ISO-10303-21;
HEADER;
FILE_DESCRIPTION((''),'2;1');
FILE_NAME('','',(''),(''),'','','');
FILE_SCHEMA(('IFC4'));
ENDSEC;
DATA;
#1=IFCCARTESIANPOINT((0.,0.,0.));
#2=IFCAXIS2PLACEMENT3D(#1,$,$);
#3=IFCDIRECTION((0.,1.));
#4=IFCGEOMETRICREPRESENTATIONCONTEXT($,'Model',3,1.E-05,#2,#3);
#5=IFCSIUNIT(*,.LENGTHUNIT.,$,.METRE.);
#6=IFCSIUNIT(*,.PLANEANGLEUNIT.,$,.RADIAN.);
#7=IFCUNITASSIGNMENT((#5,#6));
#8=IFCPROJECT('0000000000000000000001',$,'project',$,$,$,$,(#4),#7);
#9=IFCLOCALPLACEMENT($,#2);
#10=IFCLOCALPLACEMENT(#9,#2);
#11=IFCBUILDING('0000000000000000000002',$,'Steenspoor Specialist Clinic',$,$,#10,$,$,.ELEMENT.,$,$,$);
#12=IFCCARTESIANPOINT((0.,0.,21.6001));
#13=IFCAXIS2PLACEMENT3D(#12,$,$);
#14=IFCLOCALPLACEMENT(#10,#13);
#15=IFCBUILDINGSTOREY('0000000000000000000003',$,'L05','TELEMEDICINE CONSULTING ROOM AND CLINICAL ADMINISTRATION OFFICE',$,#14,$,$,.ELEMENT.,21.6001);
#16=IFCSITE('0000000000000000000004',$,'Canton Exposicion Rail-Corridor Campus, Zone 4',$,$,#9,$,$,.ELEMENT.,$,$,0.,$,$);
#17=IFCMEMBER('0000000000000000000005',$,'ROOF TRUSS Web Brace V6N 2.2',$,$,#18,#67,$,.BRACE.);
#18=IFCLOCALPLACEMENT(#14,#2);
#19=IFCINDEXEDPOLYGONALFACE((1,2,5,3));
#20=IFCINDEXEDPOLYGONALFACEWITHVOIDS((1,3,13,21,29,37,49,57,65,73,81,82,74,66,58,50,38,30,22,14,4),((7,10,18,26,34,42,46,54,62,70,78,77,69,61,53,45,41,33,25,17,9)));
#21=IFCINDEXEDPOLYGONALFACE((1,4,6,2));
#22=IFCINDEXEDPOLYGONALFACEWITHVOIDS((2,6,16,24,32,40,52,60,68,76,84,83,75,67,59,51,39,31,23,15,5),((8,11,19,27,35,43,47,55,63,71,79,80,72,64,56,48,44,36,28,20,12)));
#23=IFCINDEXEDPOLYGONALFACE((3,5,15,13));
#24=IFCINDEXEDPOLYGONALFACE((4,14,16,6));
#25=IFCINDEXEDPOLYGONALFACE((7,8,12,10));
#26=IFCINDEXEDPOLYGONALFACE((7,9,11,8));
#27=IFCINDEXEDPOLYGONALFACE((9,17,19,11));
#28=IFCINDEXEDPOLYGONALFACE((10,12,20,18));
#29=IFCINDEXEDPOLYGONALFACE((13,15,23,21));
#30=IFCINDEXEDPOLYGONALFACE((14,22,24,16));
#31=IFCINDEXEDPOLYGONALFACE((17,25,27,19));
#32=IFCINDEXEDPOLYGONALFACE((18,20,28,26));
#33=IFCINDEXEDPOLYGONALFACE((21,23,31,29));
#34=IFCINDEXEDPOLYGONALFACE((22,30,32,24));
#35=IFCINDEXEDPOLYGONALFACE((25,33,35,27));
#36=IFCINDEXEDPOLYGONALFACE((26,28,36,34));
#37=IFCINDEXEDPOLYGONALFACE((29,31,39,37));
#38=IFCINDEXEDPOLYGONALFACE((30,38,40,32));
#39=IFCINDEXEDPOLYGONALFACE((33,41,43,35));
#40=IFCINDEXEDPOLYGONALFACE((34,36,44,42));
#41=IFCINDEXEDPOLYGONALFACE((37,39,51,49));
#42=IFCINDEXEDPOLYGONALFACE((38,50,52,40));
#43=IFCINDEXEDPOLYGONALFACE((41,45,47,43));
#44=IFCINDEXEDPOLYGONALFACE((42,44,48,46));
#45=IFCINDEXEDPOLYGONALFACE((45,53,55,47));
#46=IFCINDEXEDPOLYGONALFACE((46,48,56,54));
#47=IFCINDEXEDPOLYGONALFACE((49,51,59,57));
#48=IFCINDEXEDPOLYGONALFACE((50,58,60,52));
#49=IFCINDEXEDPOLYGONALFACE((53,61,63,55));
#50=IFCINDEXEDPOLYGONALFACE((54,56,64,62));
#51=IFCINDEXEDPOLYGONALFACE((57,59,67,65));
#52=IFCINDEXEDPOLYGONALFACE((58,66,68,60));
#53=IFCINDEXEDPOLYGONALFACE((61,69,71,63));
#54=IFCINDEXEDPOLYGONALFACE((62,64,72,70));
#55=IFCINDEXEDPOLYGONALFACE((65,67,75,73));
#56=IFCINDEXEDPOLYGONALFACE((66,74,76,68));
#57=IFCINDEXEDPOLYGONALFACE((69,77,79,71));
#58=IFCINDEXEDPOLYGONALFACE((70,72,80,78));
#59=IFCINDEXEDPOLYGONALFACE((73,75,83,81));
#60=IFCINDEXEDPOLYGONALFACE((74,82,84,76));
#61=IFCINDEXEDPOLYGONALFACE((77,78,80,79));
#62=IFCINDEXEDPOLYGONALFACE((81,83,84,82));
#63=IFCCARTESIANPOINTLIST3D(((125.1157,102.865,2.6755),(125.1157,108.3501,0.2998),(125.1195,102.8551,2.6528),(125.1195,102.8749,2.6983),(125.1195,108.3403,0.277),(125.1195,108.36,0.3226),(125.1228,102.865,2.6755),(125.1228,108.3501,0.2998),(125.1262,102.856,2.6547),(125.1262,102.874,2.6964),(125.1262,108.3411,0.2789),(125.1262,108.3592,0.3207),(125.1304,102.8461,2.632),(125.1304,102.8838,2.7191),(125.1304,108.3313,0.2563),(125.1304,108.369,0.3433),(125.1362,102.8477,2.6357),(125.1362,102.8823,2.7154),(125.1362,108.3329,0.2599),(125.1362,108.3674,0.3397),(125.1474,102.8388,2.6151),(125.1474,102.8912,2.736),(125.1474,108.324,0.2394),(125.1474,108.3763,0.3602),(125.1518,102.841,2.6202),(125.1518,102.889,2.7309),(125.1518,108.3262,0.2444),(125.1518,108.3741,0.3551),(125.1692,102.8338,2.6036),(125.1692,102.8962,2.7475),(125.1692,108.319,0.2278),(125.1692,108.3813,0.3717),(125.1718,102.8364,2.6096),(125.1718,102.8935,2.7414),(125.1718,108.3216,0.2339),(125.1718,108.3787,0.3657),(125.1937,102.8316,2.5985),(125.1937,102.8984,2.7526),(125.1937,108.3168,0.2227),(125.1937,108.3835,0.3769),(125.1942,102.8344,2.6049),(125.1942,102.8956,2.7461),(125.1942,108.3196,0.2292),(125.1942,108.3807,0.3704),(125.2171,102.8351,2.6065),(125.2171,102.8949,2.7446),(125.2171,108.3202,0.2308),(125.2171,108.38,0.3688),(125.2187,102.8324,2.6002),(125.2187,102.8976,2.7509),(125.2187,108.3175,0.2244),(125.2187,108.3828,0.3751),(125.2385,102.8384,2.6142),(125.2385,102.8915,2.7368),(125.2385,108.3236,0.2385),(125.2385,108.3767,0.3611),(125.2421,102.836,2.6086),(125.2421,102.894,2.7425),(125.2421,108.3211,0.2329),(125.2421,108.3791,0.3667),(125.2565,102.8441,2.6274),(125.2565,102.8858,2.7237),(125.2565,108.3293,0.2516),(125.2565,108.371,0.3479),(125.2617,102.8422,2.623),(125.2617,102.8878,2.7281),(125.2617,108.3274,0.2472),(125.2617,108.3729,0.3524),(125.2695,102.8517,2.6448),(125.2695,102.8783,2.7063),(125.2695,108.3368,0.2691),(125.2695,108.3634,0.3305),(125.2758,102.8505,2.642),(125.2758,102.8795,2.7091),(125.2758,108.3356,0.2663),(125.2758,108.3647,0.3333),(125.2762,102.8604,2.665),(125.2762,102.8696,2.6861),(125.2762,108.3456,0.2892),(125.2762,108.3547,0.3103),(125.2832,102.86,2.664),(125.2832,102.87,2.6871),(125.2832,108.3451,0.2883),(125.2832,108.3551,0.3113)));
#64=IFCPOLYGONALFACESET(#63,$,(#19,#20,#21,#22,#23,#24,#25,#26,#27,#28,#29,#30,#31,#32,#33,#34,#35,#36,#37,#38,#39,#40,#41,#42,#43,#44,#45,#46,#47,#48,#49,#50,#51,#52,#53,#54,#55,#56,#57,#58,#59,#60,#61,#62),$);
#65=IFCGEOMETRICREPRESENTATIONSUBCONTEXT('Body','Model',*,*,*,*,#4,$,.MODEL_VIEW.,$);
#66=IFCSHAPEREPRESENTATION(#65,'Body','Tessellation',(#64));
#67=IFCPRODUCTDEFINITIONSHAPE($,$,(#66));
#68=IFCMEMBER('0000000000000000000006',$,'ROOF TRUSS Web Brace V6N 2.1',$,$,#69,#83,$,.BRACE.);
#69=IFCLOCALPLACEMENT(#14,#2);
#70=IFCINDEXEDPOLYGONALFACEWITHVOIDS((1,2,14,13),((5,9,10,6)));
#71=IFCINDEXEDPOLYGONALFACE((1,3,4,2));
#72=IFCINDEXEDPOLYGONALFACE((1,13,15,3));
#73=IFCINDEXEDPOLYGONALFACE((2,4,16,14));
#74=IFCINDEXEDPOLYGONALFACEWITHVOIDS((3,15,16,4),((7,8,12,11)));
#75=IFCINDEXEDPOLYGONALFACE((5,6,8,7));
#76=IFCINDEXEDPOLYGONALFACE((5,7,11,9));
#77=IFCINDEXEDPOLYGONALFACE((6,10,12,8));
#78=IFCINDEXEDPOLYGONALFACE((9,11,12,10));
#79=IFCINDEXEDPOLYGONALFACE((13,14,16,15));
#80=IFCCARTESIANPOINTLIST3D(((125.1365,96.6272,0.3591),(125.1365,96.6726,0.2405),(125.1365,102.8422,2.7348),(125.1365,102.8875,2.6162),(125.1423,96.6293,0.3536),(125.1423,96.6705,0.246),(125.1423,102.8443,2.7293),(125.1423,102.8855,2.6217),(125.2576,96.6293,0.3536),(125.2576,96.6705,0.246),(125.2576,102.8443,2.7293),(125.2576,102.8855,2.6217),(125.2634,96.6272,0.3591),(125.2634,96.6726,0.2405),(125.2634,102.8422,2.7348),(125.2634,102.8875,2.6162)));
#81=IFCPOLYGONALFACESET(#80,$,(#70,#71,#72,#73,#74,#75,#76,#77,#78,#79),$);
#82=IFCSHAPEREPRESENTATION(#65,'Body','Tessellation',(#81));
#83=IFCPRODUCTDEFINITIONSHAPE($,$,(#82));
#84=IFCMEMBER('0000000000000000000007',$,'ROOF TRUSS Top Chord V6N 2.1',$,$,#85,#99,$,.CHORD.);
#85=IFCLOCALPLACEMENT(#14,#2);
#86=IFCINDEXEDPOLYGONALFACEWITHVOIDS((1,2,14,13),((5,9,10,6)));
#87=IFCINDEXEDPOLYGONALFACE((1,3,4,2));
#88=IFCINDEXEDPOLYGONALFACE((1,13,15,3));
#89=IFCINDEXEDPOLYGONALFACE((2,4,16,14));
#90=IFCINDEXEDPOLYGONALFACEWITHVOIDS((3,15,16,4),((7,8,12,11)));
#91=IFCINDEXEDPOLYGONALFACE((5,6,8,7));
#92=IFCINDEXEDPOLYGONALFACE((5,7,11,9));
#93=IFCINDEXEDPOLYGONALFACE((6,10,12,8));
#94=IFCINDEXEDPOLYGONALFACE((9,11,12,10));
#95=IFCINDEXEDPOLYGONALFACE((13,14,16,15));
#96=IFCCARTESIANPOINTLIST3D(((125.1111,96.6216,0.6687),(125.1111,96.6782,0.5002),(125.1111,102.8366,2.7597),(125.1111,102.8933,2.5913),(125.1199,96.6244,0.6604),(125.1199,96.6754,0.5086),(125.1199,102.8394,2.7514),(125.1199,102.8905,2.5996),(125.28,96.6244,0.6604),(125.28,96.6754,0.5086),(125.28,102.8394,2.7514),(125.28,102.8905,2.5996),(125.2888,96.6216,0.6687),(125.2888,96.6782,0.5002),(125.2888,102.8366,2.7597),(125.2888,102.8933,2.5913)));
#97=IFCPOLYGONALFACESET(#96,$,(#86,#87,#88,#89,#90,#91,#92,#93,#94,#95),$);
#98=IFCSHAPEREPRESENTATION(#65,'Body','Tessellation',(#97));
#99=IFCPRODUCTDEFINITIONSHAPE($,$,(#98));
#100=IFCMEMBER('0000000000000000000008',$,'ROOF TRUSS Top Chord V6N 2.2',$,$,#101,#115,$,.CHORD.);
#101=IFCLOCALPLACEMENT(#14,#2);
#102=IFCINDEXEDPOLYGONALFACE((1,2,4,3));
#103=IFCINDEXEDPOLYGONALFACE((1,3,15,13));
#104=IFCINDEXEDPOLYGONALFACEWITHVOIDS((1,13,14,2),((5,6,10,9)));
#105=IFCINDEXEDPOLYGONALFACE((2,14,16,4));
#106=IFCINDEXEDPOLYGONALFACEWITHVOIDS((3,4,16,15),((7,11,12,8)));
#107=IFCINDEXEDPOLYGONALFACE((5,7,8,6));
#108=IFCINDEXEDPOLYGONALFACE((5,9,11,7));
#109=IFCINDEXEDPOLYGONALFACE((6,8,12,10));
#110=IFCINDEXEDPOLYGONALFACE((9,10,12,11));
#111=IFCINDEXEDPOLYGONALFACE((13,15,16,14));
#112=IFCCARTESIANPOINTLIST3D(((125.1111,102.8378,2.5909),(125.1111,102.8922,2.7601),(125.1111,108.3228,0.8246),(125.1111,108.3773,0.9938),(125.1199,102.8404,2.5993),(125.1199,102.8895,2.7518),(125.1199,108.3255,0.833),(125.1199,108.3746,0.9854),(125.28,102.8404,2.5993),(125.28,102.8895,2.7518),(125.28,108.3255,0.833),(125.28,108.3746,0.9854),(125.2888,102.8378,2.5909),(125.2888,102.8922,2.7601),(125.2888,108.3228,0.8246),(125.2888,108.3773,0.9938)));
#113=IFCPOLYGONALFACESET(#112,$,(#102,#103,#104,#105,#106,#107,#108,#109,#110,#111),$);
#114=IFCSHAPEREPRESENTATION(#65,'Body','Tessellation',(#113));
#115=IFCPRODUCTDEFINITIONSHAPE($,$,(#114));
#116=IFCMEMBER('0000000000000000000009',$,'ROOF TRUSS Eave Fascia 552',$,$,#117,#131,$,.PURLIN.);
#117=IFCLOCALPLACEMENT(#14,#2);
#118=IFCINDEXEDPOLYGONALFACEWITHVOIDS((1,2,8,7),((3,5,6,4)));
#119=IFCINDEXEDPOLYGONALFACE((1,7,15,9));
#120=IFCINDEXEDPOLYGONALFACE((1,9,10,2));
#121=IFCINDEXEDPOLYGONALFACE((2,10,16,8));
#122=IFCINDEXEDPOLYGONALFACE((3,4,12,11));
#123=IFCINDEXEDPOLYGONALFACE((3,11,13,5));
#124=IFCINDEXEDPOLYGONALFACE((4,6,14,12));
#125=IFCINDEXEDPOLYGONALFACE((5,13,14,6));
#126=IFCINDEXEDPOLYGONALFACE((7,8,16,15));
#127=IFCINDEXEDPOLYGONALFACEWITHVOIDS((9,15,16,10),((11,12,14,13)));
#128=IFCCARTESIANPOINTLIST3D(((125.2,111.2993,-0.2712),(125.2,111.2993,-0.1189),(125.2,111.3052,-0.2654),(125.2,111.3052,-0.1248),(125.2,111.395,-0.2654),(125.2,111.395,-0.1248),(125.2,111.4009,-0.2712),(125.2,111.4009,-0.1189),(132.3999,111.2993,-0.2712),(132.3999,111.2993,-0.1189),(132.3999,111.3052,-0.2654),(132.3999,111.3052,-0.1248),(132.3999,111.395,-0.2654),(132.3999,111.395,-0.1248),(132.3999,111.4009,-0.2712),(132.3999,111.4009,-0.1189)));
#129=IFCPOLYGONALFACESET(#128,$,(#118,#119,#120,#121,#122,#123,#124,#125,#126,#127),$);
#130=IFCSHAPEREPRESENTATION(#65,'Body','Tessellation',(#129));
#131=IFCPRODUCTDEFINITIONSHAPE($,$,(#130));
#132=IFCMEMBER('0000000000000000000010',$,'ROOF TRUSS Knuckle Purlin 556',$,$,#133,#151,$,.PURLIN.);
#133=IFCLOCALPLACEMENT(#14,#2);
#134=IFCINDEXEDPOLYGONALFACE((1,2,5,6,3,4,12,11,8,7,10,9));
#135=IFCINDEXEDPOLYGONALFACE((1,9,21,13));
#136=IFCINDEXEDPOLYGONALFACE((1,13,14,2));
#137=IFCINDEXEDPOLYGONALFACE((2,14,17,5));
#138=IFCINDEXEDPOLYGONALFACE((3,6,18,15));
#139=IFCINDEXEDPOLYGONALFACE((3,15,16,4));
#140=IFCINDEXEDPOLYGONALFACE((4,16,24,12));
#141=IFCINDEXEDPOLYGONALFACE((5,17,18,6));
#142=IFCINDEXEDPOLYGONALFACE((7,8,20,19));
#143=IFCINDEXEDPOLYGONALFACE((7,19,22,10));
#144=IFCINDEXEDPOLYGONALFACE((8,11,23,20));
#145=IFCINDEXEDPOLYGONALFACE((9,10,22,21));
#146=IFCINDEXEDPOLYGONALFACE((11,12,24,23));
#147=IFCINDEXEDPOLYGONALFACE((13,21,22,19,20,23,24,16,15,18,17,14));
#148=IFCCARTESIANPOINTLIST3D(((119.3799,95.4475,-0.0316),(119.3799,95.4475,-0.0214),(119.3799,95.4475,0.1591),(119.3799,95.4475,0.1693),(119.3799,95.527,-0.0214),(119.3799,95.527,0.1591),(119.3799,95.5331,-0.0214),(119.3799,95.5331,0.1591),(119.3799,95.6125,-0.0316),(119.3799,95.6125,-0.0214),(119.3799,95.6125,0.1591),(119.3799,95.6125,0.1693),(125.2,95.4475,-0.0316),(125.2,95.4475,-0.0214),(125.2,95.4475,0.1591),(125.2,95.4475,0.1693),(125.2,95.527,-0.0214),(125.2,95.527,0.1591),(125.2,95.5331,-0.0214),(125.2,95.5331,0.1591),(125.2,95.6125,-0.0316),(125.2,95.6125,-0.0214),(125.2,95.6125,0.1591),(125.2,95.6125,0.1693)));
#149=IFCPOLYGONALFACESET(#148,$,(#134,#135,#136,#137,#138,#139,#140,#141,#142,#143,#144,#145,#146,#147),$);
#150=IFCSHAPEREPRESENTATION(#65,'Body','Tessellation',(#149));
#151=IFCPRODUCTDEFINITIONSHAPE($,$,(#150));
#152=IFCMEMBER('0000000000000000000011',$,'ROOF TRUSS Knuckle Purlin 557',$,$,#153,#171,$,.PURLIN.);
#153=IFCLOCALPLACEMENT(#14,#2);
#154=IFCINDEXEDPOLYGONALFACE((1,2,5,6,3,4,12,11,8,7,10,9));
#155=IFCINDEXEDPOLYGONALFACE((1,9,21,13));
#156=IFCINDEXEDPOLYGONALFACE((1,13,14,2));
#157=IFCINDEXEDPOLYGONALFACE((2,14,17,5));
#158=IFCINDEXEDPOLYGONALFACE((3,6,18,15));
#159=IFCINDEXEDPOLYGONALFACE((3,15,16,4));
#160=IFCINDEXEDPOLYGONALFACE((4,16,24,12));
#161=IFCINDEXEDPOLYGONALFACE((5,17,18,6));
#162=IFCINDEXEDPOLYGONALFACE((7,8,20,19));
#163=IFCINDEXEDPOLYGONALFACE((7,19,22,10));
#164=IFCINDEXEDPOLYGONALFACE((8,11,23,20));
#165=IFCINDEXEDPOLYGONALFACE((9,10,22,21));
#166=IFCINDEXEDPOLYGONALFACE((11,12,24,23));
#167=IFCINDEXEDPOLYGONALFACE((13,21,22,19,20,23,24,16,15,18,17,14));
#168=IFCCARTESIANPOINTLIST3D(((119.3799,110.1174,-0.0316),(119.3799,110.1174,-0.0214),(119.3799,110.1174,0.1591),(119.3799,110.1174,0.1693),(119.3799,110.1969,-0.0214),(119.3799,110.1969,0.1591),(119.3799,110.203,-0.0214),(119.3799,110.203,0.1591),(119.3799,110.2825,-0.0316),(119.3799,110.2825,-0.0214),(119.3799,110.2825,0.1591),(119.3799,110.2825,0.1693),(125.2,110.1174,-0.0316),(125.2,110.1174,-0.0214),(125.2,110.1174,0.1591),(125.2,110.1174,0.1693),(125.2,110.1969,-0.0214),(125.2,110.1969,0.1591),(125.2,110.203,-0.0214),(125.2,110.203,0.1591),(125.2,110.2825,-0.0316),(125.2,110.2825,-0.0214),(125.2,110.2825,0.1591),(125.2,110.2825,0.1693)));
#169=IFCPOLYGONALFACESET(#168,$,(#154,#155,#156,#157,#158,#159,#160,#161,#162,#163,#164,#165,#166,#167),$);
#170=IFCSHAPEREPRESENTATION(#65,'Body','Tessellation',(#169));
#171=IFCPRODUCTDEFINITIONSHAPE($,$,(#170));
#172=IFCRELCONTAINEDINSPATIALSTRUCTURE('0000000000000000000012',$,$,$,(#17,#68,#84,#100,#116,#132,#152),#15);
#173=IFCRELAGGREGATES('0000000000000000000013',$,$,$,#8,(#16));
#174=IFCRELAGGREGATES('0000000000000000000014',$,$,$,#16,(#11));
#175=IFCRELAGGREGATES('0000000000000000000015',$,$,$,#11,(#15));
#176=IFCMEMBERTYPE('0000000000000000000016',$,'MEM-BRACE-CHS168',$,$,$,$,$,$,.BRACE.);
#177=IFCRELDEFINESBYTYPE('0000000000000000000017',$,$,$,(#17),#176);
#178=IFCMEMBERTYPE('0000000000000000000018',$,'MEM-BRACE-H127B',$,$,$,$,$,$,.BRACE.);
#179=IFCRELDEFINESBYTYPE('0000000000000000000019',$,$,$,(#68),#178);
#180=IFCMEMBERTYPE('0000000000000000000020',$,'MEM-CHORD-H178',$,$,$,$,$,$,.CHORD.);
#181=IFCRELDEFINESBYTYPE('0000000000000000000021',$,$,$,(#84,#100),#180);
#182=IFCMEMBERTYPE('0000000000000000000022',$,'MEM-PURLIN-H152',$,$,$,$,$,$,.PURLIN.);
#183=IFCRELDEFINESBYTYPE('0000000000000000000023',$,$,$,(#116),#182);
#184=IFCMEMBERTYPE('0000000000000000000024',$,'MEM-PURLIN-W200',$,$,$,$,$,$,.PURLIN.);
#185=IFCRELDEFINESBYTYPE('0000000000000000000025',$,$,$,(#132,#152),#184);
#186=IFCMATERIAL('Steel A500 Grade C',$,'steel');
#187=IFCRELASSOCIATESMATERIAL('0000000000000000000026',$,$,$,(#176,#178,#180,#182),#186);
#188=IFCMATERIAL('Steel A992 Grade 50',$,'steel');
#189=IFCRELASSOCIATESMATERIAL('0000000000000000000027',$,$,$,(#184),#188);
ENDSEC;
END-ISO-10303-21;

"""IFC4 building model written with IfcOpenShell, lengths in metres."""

from ifc_helpers import new_model, si_unit, direction, frame, origin, origin_2d, place, context, subcontext, project, spatial, hollow_rectangle, hollow_circle, i_section, extrude, material, material_profile, profile_set, type_object, element, save


model = new_model("IFC4")

# Units and contexts
model_context = context("Model", 3, precision=1e-05, world=origin(), true_north=direction((0.0, 1.0)))
body_context = subcontext(model_context, "Body", "Model", "MODEL_VIEW")
ifc_project = project(units=[si_unit("LENGTHUNIT", "METRE"), si_unit("PLANEANGLEUNIT", "RADIAN")], contexts=[model_context])

# Site, building, storey
site_placement = place(None, origin())
site = spatial("IfcSite", under=ifc_project, at=site_placement, Name="Canton Exposicion Rail-Corridor Campus, Zone 4", CompositionType="ELEMENT", RefElevation=0.0)
building_placement = place(site_placement, origin())
building = spatial("IfcBuilding", under=site, at=building_placement, Name="Steenspoor Specialist Clinic", CompositionType="ELEMENT")
storey_placement = place(building_placement, frame((0.0, 0.0, 21.6001)))
storey = spatial("IfcBuildingStorey", under=building, at=storey_placement, Name="L05", Description="TELEMEDICINE CONSULTING ROOM AND CLINICAL ADMINISTRATION OFFICE", CompositionType="ELEMENT", Elevation=21.6001)

# Members
ifc_material_1 = material(Name="Steel A500 Grade C", Category="steel")
ifc_material_profile_1 = material_profile(ifc_material_1, hollow_circle(Radius=0.0842, WallThickness=0.0071, at=origin_2d()), Name="CHS168X7.1")
ifc_profile_set_1 = profile_set([ifc_material_profile_1], Name="Steel A500 Grade C")
member_type_1 = type_object("IfcMemberType", Name="MEM-BRACE-CHS168", PredefinedType="BRACE", material=ifc_profile_set_1)
member_1_placement = place(storey_placement, frame((125.2, 102.865, 2.6755), z_axis=(0.0, 0.917626, -0.397446), x_axis=(-1.0, 0.0, 0.0)))
element("IfcMember", 1, at=member_1_placement, inside=storey, type_object=member_type_1, Name="ROOF TRUSS Web Brace V6N 2.2", PredefinedType="BRACE", context=body_context, shape_type="SweptSolid", body=[
    extrude(hollow_circle(Radius=0.0842, WallThickness=0.0071, at=origin_2d()), origin(), (0.0, 0.0, 1.0), 5.9775),
])
ifc_material_profile_2 = material_profile(ifc_material_1, hollow_rectangle(XDim=0.127, YDim=0.127, WallThickness=0.0059, at=origin_2d()), Name="HSS127X127X6.4")
ifc_profile_set_2 = profile_set([ifc_material_profile_2], Name="Steel A500 Grade C")
member_type_2 = type_object("IfcMemberType", Name="MEM-BRACE-H127B", PredefinedType="BRACE", material=ifc_profile_set_2)
member_2_placement = place(storey_placement, frame((125.2, 96.6499, 0.2998), z_axis=(0.0, 0.934083, 0.357056), x_axis=(-1.0, 0.0, 0.0)))
element("IfcMember", 2, at=member_2_placement, inside=storey, type_object=member_type_2, Name="ROOF TRUSS Web Brace V6N 2.1", PredefinedType="BRACE", context=body_context, shape_type="SweptSolid", body=[
    extrude(hollow_rectangle(XDim=0.127, YDim=0.127, WallThickness=0.0059, at=origin_2d()), origin(), (0.0, 0.0, 1.0), 6.6536),
])
ifc_material_profile_3 = material_profile(ifc_material_1, hollow_rectangle(XDim=0.1777, YDim=0.1777, WallThickness=0.0088, at=origin_2d()), Name="HSS178X178X9.5")
ifc_profile_set_3 = profile_set([ifc_material_profile_3], Name="Steel A500 Grade C")
member_type_3 = type_object("IfcMemberType", Name="MEM-CHORD-H178", PredefinedType="CHORD", material=ifc_profile_set_3)
member_3_placement = place(storey_placement, frame((125.2, 96.6499, 0.5845), z_axis=(0.0, 0.947793, 0.318885), x_axis=(-1.0, 0.0, 0.0)))
element("IfcMember", 3, at=member_3_placement, inside=storey, type_object=member_type_3, Name="ROOF TRUSS Top Chord V6N 2.1", PredefinedType="CHORD", context=body_context, shape_type="SweptSolid", body=[
    extrude(hollow_rectangle(XDim=0.1777, YDim=0.1777, WallThickness=0.0088, at=origin_2d()), origin(), (0.0, 0.0, 1.0), 6.5574),
])
member_4_placement = place(storey_placement, frame((125.2, 102.865, 2.6755), z_axis=(0.0, 0.951862, -0.306526), x_axis=(-1.0, 0.0, 0.0)))
element("IfcMember", 4, at=member_4_placement, inside=storey, type_object=member_type_3, Name="ROOF TRUSS Top Chord V6N 2.2", PredefinedType="CHORD", context=body_context, shape_type="SweptSolid", body=[
    extrude(hollow_rectangle(XDim=0.1777, YDim=0.1777, WallThickness=0.0088, at=origin_2d()), origin(), (0.0, 0.0, 1.0), 5.7625),
])
ifc_material_profile_4 = material_profile(ifc_material_1, hollow_rectangle(XDim=0.1016, YDim=0.1523, WallThickness=0.0059, at=origin_2d()), Name="HSS152X102X6.4")
ifc_profile_set_4 = profile_set([ifc_material_profile_4], Name="Steel A500 Grade C")
member_type_4 = type_object("IfcMemberType", Name="MEM-PURLIN-H152", PredefinedType="PURLIN", material=ifc_profile_set_4)
member_5_placement = place(storey_placement, frame((125.2, 111.3501, -0.1951), z_axis=(1.0, 0.0, 0.0), x_axis=(0.0, 1.0, 0.0)))
element("IfcMember", 5, at=member_5_placement, inside=storey, type_object=member_type_4, Name="ROOF TRUSS Eave Fascia 552", PredefinedType="PURLIN", context=body_context, shape_type="SweptSolid", body=[
    extrude(hollow_rectangle(XDim=0.1016, YDim=0.1523, WallThickness=0.0059, at=origin_2d()), origin(), (0.0, 0.0, 1.0), 7.2),
])
ifc_material_2 = material(Name="Steel A992 Grade 50", Category="steel")
ifc_material_profile_5 = material_profile(ifc_material_2, i_section(OverallWidth=0.165, OverallDepth=0.2009, WebThickness=0.0061, FlangeThickness=0.0103, at=origin_2d()), Name="W200X36")
ifc_profile_set_5 = profile_set([ifc_material_profile_5], Name="Steel A992 Grade 50")
member_type_5 = type_object("IfcMemberType", Name="MEM-PURLIN-W200", PredefinedType="PURLIN", material=ifc_profile_set_5)
for number, where, z_axis, x_axis, name in (
    (6, (119.3799, 95.53, 0.0688), (1.0, 0.0, 0.0), (0.0, 1.0, 0.0), "ROOF TRUSS Knuckle Purlin 556"),
    (7, (119.3799, 110.2, 0.0688), (1.0, 0.0, 0.0), (0.0, 1.0, 0.0), "ROOF TRUSS Knuckle Purlin 557"),
):
    element("IfcMember", number, at=place(storey_placement, frame(where, z_axis=z_axis, x_axis=x_axis)), inside=storey, type_object=member_type_5, Name=name, PredefinedType="PURLIN", context=body_context, shape_type="SweptSolid", body=[
        extrude(i_section(OverallWidth=0.165, OverallDepth=0.2009, WebThickness=0.0061, FlangeThickness=0.0103, at=origin_2d()), origin(), (0.0, 0.0, 1.0), 5.8201),
    ])

save(model, "model.ifc")
